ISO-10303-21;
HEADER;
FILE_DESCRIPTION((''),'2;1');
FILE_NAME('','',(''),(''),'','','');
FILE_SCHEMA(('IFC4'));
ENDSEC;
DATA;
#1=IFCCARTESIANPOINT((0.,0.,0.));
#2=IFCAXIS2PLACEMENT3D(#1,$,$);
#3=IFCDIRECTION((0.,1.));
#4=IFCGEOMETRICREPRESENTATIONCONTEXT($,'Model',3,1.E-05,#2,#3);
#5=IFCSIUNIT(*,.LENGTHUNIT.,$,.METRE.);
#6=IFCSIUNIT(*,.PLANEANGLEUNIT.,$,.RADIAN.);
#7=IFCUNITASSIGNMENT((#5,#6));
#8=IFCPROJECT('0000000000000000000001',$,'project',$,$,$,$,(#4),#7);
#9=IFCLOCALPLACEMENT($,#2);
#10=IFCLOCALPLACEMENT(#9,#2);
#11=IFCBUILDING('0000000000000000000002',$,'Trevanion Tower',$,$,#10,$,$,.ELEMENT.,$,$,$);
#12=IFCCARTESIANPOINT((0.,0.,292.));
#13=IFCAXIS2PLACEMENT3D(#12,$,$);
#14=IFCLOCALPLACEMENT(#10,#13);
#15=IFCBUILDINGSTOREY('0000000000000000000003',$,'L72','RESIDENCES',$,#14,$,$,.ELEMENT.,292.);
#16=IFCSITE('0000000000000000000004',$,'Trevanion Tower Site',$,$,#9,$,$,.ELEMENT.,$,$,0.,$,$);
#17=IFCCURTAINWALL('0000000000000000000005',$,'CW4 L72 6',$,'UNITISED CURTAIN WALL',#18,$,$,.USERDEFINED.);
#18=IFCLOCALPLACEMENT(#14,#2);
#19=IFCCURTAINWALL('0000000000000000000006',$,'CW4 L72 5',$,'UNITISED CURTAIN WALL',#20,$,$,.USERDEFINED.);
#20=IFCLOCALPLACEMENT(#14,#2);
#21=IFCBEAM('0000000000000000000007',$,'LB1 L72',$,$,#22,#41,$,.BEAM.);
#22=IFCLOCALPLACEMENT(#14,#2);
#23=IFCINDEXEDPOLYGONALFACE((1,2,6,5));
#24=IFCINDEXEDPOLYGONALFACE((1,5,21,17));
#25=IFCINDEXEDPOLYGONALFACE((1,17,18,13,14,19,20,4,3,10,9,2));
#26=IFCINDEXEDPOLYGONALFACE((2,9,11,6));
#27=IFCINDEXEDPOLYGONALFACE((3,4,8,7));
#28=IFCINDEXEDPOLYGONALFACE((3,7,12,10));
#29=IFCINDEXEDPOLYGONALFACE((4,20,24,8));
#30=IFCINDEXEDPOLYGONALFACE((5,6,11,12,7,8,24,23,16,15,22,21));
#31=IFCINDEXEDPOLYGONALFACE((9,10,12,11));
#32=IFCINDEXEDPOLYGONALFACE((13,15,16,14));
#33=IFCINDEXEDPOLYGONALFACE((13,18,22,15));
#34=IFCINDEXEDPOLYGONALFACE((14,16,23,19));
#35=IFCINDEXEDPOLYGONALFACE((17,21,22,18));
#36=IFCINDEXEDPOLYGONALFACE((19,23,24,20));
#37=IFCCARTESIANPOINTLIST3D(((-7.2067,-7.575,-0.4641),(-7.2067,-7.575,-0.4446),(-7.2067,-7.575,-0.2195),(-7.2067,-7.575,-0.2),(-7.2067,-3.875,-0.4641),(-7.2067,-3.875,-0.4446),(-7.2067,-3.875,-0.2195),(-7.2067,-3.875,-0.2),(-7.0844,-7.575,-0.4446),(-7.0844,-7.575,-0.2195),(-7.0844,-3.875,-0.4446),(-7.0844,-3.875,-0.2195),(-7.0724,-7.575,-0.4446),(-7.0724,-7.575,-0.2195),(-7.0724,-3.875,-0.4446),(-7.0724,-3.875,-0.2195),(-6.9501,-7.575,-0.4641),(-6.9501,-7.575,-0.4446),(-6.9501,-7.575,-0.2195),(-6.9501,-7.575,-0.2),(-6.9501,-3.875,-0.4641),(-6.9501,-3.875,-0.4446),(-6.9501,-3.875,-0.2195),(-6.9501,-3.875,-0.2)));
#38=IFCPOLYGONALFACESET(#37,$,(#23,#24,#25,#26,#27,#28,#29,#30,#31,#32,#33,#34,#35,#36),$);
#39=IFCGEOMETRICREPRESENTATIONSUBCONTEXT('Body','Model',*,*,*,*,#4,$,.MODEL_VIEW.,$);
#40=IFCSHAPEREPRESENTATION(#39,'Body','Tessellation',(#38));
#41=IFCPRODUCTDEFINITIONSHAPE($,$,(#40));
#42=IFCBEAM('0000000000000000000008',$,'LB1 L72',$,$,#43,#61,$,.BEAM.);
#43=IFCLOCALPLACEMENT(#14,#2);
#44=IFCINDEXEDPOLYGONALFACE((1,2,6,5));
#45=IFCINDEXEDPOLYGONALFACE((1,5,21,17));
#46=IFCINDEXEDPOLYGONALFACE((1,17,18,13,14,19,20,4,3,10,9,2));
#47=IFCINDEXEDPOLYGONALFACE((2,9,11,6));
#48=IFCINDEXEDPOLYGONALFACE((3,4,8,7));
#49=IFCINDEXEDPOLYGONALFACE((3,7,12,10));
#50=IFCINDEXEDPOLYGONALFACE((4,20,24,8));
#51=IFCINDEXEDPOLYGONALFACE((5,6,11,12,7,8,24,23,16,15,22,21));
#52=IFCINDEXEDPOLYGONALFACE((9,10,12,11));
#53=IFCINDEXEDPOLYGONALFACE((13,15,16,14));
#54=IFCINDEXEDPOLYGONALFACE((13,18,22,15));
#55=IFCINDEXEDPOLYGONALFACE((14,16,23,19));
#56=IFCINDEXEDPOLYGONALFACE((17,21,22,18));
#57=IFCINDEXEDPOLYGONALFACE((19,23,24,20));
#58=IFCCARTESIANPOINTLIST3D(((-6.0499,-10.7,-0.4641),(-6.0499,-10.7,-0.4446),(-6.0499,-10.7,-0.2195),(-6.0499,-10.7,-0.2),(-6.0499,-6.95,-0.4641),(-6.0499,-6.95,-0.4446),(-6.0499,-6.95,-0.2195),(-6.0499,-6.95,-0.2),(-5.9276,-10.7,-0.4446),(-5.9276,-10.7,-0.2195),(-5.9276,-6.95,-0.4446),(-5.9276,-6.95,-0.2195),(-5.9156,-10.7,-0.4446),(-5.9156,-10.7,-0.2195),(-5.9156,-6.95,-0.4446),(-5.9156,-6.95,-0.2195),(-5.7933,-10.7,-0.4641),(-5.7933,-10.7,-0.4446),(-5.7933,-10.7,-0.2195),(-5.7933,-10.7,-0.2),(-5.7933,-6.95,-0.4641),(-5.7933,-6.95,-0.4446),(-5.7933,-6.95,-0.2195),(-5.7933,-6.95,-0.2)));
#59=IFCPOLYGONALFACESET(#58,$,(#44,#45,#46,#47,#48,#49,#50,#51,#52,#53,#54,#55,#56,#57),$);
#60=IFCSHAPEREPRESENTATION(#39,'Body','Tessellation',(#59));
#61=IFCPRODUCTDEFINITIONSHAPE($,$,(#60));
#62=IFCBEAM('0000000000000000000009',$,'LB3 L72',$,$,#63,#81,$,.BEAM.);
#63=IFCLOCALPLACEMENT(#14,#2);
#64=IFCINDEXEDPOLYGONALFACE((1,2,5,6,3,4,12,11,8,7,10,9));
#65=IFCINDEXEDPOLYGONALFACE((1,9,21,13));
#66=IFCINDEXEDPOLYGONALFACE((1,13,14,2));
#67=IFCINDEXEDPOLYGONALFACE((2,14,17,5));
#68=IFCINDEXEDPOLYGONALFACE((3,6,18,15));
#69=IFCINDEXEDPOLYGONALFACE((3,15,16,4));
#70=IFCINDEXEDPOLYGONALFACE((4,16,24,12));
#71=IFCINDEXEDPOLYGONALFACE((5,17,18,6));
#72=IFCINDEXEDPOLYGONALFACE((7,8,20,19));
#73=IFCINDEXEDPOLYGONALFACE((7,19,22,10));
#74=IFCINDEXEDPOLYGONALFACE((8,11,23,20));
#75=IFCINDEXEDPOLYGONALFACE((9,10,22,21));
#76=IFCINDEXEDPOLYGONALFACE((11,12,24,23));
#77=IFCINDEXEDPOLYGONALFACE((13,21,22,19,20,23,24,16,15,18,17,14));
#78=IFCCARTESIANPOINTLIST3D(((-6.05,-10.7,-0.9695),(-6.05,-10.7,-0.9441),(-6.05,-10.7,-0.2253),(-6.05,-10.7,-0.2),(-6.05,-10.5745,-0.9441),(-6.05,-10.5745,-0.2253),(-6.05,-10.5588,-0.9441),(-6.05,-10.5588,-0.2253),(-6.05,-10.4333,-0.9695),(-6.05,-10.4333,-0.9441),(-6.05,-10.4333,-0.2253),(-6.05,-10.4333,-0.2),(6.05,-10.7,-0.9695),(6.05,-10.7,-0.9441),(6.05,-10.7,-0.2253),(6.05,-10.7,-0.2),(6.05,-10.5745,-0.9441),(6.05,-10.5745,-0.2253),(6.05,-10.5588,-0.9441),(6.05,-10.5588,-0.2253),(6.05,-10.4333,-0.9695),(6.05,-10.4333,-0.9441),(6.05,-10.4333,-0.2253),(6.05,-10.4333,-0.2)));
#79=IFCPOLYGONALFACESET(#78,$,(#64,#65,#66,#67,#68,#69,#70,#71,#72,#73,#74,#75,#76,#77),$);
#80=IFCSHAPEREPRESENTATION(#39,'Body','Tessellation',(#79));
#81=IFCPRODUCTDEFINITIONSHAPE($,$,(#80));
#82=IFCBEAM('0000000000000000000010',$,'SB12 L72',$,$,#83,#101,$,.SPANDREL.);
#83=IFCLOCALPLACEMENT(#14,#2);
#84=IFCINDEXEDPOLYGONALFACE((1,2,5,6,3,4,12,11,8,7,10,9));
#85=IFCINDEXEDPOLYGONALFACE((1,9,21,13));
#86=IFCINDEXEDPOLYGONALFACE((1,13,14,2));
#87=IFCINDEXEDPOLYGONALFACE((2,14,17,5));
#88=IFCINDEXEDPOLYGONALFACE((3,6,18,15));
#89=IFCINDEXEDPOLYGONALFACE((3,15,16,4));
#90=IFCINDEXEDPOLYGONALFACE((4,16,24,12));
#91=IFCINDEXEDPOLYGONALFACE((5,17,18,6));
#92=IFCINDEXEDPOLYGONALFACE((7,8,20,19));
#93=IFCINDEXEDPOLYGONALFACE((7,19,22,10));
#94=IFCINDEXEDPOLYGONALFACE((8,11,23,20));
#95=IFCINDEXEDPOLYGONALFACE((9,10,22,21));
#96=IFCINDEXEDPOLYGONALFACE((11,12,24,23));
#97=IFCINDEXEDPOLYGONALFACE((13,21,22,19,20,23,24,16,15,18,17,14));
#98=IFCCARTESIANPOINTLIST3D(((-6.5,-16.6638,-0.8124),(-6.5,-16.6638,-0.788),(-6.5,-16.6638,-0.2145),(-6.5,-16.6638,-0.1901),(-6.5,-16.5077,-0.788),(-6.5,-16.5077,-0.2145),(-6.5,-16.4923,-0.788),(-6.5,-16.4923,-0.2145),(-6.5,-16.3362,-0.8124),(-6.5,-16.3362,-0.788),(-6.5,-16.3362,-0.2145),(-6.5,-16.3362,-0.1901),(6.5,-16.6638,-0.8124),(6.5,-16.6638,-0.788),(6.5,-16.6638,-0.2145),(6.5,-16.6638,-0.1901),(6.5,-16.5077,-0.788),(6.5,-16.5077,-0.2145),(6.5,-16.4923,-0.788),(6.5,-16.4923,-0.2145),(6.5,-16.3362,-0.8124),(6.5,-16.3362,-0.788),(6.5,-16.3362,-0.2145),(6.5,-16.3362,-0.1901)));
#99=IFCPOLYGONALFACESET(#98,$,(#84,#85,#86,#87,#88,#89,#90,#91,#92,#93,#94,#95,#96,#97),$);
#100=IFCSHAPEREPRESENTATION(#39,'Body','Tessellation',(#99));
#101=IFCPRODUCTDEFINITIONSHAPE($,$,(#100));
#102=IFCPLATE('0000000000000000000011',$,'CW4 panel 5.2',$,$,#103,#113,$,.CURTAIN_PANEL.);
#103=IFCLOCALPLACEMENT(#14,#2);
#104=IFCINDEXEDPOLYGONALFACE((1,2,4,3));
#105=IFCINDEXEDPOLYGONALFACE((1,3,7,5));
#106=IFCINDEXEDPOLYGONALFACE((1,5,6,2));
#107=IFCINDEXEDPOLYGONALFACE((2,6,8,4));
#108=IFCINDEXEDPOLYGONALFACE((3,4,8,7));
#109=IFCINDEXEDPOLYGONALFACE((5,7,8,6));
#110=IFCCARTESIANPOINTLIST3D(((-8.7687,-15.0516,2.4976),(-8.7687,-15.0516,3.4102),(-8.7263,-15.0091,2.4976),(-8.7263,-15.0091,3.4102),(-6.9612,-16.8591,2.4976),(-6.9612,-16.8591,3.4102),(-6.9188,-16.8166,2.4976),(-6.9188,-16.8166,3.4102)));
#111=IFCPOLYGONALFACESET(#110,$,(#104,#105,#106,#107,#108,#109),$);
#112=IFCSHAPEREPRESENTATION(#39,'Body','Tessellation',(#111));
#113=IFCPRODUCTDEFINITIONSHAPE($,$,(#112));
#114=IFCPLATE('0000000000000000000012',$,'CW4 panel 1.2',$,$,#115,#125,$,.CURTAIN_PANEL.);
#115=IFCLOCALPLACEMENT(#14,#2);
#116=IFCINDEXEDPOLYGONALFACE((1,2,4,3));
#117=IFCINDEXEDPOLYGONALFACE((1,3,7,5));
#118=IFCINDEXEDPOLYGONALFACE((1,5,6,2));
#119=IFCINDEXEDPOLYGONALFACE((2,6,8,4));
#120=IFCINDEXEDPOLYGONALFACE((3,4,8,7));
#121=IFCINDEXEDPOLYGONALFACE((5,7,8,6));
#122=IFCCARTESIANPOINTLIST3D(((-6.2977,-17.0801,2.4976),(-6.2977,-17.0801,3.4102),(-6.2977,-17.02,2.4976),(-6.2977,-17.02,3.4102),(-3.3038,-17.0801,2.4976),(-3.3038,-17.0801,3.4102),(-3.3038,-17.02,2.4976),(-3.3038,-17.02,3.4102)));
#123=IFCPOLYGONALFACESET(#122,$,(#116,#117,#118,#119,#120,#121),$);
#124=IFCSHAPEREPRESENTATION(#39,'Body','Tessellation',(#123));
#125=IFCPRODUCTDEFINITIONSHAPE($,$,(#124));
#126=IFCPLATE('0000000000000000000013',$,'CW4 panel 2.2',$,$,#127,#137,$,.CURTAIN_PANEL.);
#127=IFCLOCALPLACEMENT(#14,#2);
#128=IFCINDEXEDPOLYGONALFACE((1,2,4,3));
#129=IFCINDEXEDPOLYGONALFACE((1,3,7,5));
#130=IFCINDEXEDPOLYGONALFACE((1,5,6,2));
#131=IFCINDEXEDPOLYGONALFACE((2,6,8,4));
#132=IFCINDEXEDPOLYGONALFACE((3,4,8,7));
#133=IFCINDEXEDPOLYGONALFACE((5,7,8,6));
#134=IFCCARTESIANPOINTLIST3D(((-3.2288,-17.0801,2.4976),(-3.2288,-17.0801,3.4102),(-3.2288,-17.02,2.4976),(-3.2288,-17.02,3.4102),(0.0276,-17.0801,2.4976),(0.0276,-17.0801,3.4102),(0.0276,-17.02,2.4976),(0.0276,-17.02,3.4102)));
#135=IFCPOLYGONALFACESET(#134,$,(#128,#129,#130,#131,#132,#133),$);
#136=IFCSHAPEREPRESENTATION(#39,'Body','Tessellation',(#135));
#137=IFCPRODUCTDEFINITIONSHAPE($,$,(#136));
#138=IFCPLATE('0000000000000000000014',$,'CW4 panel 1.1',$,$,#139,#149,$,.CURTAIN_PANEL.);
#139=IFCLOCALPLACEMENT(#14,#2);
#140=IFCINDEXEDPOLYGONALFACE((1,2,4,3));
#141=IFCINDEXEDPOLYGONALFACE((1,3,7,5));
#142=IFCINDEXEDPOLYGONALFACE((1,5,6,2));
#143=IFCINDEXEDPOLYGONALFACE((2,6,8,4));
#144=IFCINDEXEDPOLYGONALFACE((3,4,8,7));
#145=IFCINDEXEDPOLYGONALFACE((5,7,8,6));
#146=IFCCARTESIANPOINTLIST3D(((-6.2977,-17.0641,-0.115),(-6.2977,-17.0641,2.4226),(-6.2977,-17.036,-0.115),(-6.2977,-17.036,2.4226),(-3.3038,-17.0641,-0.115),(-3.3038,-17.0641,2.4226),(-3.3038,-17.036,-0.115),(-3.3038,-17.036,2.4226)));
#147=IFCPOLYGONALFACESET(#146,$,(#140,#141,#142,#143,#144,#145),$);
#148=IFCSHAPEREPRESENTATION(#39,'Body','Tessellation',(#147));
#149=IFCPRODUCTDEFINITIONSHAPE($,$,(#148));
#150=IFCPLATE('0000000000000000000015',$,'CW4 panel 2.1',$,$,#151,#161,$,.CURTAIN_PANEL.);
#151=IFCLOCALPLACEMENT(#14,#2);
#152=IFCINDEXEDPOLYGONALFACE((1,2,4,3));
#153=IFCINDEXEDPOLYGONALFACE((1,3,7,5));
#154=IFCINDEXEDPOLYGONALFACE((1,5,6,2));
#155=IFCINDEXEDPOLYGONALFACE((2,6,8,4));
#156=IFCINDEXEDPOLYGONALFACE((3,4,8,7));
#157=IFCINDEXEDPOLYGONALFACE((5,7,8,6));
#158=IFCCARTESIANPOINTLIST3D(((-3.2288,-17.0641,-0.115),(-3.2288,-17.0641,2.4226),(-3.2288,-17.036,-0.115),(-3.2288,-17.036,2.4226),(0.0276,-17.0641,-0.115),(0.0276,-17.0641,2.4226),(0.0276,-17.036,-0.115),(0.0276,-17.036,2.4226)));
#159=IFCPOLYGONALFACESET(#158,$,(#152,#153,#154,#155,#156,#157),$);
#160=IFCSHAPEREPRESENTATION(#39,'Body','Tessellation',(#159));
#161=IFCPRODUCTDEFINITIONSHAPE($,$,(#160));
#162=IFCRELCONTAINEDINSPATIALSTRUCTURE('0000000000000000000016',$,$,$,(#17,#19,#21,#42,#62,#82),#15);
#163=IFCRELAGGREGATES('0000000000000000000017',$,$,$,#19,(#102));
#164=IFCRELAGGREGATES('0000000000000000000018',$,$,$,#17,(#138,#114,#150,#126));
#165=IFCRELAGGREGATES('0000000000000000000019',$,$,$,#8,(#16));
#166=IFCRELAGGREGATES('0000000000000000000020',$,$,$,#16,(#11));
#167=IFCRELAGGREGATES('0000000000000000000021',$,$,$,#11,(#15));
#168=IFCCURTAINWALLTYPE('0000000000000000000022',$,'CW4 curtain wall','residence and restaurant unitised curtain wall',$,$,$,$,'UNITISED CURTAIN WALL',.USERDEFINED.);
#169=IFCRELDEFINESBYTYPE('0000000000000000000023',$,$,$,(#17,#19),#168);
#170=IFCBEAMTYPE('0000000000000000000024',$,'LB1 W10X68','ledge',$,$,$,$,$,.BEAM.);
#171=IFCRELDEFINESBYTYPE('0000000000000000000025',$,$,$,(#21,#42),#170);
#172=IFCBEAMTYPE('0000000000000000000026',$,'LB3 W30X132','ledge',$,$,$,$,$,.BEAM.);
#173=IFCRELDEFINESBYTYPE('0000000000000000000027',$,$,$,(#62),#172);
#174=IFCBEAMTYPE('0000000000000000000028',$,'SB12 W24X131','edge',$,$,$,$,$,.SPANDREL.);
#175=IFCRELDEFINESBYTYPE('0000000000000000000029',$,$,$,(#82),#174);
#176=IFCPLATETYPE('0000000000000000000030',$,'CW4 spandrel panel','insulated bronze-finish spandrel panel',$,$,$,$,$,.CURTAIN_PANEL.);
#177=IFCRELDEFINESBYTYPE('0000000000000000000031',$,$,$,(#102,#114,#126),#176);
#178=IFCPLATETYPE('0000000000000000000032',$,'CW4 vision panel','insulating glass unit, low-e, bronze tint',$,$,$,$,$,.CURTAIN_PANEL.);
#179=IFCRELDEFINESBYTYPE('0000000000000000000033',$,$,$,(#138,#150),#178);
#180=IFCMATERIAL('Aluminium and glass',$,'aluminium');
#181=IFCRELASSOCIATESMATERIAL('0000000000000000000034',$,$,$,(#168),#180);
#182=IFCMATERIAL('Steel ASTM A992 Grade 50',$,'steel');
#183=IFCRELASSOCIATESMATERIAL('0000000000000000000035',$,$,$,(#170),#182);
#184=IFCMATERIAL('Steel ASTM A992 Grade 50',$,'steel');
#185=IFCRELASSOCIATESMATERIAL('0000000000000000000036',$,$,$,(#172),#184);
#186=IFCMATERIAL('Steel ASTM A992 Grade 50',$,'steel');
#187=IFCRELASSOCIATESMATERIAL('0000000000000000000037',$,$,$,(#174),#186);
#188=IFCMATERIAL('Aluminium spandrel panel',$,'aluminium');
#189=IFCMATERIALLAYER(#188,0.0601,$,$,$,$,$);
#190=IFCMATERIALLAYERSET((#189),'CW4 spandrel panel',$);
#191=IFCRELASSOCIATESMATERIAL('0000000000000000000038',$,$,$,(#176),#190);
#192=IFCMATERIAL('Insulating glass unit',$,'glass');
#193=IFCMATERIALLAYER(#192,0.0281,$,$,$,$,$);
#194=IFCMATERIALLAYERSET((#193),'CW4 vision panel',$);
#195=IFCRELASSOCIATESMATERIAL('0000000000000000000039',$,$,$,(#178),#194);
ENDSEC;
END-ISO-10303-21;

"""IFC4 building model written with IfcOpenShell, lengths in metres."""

from ifc_helpers import new_model, si_unit, direction, frame, origin, origin_2d, place, context, subcontext, project, spatial, rectangle, i_section, extrude, material, layer, layer_set, material_profile, profile_set, type_object, element, aggregate, save


model = new_model("IFC4")

# Units and contexts
model_context = context("Model", 3, precision=1e-05, world=origin(), true_north=direction((0.0, 1.0)))
body_context = subcontext(model_context, "Body", "Model", "MODEL_VIEW")
ifc_project = project(units=[si_unit("LENGTHUNIT", "METRE"), si_unit("PLANEANGLEUNIT", "RADIAN")], contexts=[model_context])

# Site, building, storey
site_placement = place(None, origin())
site = spatial("IfcSite", under=ifc_project, at=site_placement, Name="Trevanion Tower Site", CompositionType="ELEMENT", RefElevation=0.0)
building_placement = place(site_placement, origin())
building = spatial("IfcBuilding", under=site, at=building_placement, Name="Trevanion Tower", CompositionType="ELEMENT")
storey_placement = place(building_placement, frame((0.0, 0.0, 292.0)))
storey = spatial("IfcBuildingStorey", under=building, at=storey_placement, Name="L72", Description="RESIDENCES", CompositionType="ELEMENT", Elevation=292.0)

# Curtain walls
ifc_material_1 = material(Name="Aluminium and glass", Category="aluminium")
curtain_wall_type = type_object("IfcCurtainWallType", Name="CW4 curtain wall", Description="residence and restaurant unitised curtain wall", ElementType="UNITISED CURTAIN WALL", PredefinedType="USERDEFINED", material=ifc_material_1)
curtain_wall_1_placement = place(storey_placement, origin())
curtain_wall_1 = element("IfcCurtainWall", 1, at=curtain_wall_1_placement, inside=storey, type_object=curtain_wall_type, Name="CW4 L72 6", ObjectType="UNITISED CURTAIN WALL", PredefinedType="USERDEFINED")
curtain_wall_2_placement = place(storey_placement, origin())
curtain_wall_2 = element("IfcCurtainWall", 2, at=curtain_wall_2_placement, inside=storey, type_object=curtain_wall_type, Name="CW4 L72 5", ObjectType="UNITISED CURTAIN WALL", PredefinedType="USERDEFINED")

# Beams
ifc_material_2 = material(Name="Steel ASTM A992 Grade 50", Category="steel")
ifc_material_profile_1 = material_profile(ifc_material_2, i_section(OverallWidth=0.2566, OverallDepth=0.2642, WebThickness=0.012, FlangeThickness=0.0195, at=origin_2d()), Name="W10X68")
ifc_profile_set_1 = profile_set([ifc_material_profile_1], Name="Steel ASTM A992 Grade 50")
beam_type_1 = type_object("IfcBeamType", Name="LB1 W10X68", Description="ledge", PredefinedType="BEAM", material=ifc_profile_set_1)
beam_1_placement = place(storey_placement, frame((-7.0784, -7.575, -0.332), z_axis=(0.0, 1.0, 0.0), x_axis=(-1.0, 0.0, 0.0)))
element("IfcBeam", 3, at=beam_1_placement, inside=storey, type_object=beam_type_1, Name="LB1 L72", PredefinedType="BEAM", context=body_context, shape_type="SweptSolid", body=[
    extrude(i_section(OverallWidth=0.2566, OverallDepth=0.2642, WebThickness=0.012, FlangeThickness=0.0195, at=origin_2d()), origin(), (0.0, 0.0, 1.0), 3.7),
])
beam_2_placement = place(storey_placement, frame((-5.9216, -10.7, -0.332), z_axis=(0.0, 1.0, 0.0), x_axis=(-1.0, 0.0, 0.0)))
element("IfcBeam", 4, at=beam_2_placement, inside=storey, type_object=beam_type_1, Name="LB1 L72", PredefinedType="BEAM", context=body_context, shape_type="SweptSolid", body=[
    extrude(i_section(OverallWidth=0.2566, OverallDepth=0.2642, WebThickness=0.012, FlangeThickness=0.0195, at=origin_2d()), origin(), (0.0, 0.0, 1.0), 3.75),
])
ifc_material_3 = material(Name="Steel ASTM A992 Grade 50", Category="steel")
ifc_material_profile_2 = material_profile(ifc_material_3, i_section(OverallWidth=0.2666, OverallDepth=0.7695, WebThickness=0.0156, FlangeThickness=0.0254, at=origin_2d()), Name="W30X132")
ifc_profile_set_2 = profile_set([ifc_material_profile_2], Name="Steel ASTM A992 Grade 50")
beam_type_2 = type_object("IfcBeamType", Name="LB3 W30X132", Description="ledge", PredefinedType="BEAM", material=ifc_profile_set_2)
beam_3_placement = place(storey_placement, frame((-6.05, -10.5667, -0.5847), z_axis=(1.0, 0.0, 0.0), x_axis=(0.0, 1.0, 0.0)))
element("IfcBeam", 5, at=beam_3_placement, inside=storey, type_object=beam_type_2, Name="LB3 L72", PredefinedType="BEAM", context=body_context, shape_type="SweptSolid", body=[
    extrude(i_section(OverallWidth=0.2666, OverallDepth=0.7695, WebThickness=0.0156, FlangeThickness=0.0254, at=origin_2d()), origin(), (0.0, 0.0, 1.0), 12.1001),
])
ifc_material_4 = material(Name="Steel ASTM A992 Grade 50", Category="steel")
ifc_material_profile_3 = material_profile(ifc_material_4, i_section(OverallWidth=0.3276, OverallDepth=0.6223, WebThickness=0.0154, FlangeThickness=0.0244, at=origin_2d()), Name="W24X131")
ifc_profile_set_3 = profile_set([ifc_material_profile_3], Name="Steel ASTM A992 Grade 50")
beam_type_3 = type_object("IfcBeamType", Name="SB12 W24X131", Description="edge", PredefinedType="SPANDREL", material=ifc_profile_set_3)
beam_4_placement = place(storey_placement, frame((-6.5, -16.5, -0.5012), z_axis=(1.0, 0.0, 0.0), x_axis=(0.0, 1.0, 0.0)))
element("IfcBeam", 6, at=beam_4_placement, inside=storey, type_object=beam_type_3, Name="SB12 L72", PredefinedType="SPANDREL", context=body_context, shape_type="SweptSolid", body=[
    extrude(i_section(OverallWidth=0.3276, OverallDepth=0.6223, WebThickness=0.0154, FlangeThickness=0.0244, at=origin_2d()), origin(), (0.0, 0.0, 1.0), 13.0),
])

# Plates
ifc_material_5 = material(Name="Aluminium spandrel panel", Category="aluminium")
ifc_layer_1 = layer(ifc_material_5, 0.0601)
ifc_layer_set_1 = layer_set([ifc_layer_1], Name="CW4 spandrel panel")
plate_type_1 = type_object("IfcPlateType", Name="CW4 spandrel panel", Description="insulated bronze-finish spandrel panel", PredefinedType="CURTAIN_PANEL", material=ifc_layer_set_1)
plate_1_placement = place(storey_placement, frame((-7.8438, -15.9341, 2.4976), z_axis=(0.0, 0.0, 1.0), x_axis=(0.707107, -0.707107, 0.0)))
plate_1 = element("IfcPlate", 7, at=plate_1_placement, type_object=plate_type_1, Name="CW4 panel 5.2", PredefinedType="CURTAIN_PANEL", context=body_context, shape_type="SweptSolid", body=[
    extrude(rectangle(XDim=2.5562, YDim=0.0601, at=origin_2d()), origin(), (0.0, 0.0, 1.0), 0.9126),
])
aggregate(curtain_wall_2, [plate_1])
plate_2_placement = place(storey_placement, frame((-4.8008, -17.05, 2.4976), z_axis=(0.0, 0.0, 1.0), x_axis=(1.0, 0.0, 0.0)))
plate_2 = element("IfcPlate", 8, at=plate_2_placement, type_object=plate_type_1, Name="CW4 panel 1.2", PredefinedType="CURTAIN_PANEL", context=body_context, shape_type="SweptSolid", body=[
    extrude(rectangle(XDim=2.9939, YDim=0.0601, at=origin_2d()), origin(), (0.0, 0.0, 1.0), 0.9126),
])
plate_3_placement = place(storey_placement, frame((-1.6006, -17.05, 2.4976), z_axis=(0.0, 0.0, 1.0), x_axis=(1.0, 0.0, 0.0)))
plate_3 = element("IfcPlate", 9, at=plate_3_placement, type_object=plate_type_1, Name="CW4 panel 2.2", PredefinedType="CURTAIN_PANEL", context=body_context, shape_type="SweptSolid", body=[
    extrude(rectangle(XDim=3.2563, YDim=0.0601, at=origin_2d()), origin(), (0.0, 0.0, 1.0), 0.9126),
])
ifc_material_6 = material(Name="Insulating glass unit", Category="glass")
ifc_layer_2 = layer(ifc_material_6, 0.0281)
ifc_layer_set_2 = layer_set([ifc_layer_2], Name="CW4 vision panel")
plate_type_2 = type_object("IfcPlateType", Name="CW4 vision panel", Description="insulating glass unit, low-e, bronze tint", PredefinedType="CURTAIN_PANEL", material=ifc_layer_set_2)
plate_4_placement = place(storey_placement, frame((-4.8008, -17.05, -0.115), z_axis=(0.0, 0.0, 1.0), x_axis=(1.0, 0.0, 0.0)))
plate_4 = element("IfcPlate", 10, at=plate_4_placement, type_object=plate_type_2, Name="CW4 panel 1.1", PredefinedType="CURTAIN_PANEL", context=body_context, shape_type="SweptSolid", body=[
    extrude(rectangle(XDim=2.9939, YDim=0.0281, at=origin_2d()), origin(), (0.0, 0.0, 1.0), 2.5376),
])
plate_5_placement = place(storey_placement, frame((-1.6006, -17.05, -0.115), z_axis=(0.0, 0.0, 1.0), x_axis=(1.0, 0.0, 0.0)))
plate_5 = element("IfcPlate", 11, at=plate_5_placement, type_object=plate_type_2, Name="CW4 panel 2.1", PredefinedType="CURTAIN_PANEL", context=body_context, shape_type="SweptSolid", body=[
    extrude(rectangle(XDim=3.2563, YDim=0.0281, at=origin_2d()), origin(), (0.0, 0.0, 1.0), 2.5376),
])
aggregate(curtain_wall_1, [plate_4, plate_2, plate_5, plate_3])

save(model, "model.ifc")
